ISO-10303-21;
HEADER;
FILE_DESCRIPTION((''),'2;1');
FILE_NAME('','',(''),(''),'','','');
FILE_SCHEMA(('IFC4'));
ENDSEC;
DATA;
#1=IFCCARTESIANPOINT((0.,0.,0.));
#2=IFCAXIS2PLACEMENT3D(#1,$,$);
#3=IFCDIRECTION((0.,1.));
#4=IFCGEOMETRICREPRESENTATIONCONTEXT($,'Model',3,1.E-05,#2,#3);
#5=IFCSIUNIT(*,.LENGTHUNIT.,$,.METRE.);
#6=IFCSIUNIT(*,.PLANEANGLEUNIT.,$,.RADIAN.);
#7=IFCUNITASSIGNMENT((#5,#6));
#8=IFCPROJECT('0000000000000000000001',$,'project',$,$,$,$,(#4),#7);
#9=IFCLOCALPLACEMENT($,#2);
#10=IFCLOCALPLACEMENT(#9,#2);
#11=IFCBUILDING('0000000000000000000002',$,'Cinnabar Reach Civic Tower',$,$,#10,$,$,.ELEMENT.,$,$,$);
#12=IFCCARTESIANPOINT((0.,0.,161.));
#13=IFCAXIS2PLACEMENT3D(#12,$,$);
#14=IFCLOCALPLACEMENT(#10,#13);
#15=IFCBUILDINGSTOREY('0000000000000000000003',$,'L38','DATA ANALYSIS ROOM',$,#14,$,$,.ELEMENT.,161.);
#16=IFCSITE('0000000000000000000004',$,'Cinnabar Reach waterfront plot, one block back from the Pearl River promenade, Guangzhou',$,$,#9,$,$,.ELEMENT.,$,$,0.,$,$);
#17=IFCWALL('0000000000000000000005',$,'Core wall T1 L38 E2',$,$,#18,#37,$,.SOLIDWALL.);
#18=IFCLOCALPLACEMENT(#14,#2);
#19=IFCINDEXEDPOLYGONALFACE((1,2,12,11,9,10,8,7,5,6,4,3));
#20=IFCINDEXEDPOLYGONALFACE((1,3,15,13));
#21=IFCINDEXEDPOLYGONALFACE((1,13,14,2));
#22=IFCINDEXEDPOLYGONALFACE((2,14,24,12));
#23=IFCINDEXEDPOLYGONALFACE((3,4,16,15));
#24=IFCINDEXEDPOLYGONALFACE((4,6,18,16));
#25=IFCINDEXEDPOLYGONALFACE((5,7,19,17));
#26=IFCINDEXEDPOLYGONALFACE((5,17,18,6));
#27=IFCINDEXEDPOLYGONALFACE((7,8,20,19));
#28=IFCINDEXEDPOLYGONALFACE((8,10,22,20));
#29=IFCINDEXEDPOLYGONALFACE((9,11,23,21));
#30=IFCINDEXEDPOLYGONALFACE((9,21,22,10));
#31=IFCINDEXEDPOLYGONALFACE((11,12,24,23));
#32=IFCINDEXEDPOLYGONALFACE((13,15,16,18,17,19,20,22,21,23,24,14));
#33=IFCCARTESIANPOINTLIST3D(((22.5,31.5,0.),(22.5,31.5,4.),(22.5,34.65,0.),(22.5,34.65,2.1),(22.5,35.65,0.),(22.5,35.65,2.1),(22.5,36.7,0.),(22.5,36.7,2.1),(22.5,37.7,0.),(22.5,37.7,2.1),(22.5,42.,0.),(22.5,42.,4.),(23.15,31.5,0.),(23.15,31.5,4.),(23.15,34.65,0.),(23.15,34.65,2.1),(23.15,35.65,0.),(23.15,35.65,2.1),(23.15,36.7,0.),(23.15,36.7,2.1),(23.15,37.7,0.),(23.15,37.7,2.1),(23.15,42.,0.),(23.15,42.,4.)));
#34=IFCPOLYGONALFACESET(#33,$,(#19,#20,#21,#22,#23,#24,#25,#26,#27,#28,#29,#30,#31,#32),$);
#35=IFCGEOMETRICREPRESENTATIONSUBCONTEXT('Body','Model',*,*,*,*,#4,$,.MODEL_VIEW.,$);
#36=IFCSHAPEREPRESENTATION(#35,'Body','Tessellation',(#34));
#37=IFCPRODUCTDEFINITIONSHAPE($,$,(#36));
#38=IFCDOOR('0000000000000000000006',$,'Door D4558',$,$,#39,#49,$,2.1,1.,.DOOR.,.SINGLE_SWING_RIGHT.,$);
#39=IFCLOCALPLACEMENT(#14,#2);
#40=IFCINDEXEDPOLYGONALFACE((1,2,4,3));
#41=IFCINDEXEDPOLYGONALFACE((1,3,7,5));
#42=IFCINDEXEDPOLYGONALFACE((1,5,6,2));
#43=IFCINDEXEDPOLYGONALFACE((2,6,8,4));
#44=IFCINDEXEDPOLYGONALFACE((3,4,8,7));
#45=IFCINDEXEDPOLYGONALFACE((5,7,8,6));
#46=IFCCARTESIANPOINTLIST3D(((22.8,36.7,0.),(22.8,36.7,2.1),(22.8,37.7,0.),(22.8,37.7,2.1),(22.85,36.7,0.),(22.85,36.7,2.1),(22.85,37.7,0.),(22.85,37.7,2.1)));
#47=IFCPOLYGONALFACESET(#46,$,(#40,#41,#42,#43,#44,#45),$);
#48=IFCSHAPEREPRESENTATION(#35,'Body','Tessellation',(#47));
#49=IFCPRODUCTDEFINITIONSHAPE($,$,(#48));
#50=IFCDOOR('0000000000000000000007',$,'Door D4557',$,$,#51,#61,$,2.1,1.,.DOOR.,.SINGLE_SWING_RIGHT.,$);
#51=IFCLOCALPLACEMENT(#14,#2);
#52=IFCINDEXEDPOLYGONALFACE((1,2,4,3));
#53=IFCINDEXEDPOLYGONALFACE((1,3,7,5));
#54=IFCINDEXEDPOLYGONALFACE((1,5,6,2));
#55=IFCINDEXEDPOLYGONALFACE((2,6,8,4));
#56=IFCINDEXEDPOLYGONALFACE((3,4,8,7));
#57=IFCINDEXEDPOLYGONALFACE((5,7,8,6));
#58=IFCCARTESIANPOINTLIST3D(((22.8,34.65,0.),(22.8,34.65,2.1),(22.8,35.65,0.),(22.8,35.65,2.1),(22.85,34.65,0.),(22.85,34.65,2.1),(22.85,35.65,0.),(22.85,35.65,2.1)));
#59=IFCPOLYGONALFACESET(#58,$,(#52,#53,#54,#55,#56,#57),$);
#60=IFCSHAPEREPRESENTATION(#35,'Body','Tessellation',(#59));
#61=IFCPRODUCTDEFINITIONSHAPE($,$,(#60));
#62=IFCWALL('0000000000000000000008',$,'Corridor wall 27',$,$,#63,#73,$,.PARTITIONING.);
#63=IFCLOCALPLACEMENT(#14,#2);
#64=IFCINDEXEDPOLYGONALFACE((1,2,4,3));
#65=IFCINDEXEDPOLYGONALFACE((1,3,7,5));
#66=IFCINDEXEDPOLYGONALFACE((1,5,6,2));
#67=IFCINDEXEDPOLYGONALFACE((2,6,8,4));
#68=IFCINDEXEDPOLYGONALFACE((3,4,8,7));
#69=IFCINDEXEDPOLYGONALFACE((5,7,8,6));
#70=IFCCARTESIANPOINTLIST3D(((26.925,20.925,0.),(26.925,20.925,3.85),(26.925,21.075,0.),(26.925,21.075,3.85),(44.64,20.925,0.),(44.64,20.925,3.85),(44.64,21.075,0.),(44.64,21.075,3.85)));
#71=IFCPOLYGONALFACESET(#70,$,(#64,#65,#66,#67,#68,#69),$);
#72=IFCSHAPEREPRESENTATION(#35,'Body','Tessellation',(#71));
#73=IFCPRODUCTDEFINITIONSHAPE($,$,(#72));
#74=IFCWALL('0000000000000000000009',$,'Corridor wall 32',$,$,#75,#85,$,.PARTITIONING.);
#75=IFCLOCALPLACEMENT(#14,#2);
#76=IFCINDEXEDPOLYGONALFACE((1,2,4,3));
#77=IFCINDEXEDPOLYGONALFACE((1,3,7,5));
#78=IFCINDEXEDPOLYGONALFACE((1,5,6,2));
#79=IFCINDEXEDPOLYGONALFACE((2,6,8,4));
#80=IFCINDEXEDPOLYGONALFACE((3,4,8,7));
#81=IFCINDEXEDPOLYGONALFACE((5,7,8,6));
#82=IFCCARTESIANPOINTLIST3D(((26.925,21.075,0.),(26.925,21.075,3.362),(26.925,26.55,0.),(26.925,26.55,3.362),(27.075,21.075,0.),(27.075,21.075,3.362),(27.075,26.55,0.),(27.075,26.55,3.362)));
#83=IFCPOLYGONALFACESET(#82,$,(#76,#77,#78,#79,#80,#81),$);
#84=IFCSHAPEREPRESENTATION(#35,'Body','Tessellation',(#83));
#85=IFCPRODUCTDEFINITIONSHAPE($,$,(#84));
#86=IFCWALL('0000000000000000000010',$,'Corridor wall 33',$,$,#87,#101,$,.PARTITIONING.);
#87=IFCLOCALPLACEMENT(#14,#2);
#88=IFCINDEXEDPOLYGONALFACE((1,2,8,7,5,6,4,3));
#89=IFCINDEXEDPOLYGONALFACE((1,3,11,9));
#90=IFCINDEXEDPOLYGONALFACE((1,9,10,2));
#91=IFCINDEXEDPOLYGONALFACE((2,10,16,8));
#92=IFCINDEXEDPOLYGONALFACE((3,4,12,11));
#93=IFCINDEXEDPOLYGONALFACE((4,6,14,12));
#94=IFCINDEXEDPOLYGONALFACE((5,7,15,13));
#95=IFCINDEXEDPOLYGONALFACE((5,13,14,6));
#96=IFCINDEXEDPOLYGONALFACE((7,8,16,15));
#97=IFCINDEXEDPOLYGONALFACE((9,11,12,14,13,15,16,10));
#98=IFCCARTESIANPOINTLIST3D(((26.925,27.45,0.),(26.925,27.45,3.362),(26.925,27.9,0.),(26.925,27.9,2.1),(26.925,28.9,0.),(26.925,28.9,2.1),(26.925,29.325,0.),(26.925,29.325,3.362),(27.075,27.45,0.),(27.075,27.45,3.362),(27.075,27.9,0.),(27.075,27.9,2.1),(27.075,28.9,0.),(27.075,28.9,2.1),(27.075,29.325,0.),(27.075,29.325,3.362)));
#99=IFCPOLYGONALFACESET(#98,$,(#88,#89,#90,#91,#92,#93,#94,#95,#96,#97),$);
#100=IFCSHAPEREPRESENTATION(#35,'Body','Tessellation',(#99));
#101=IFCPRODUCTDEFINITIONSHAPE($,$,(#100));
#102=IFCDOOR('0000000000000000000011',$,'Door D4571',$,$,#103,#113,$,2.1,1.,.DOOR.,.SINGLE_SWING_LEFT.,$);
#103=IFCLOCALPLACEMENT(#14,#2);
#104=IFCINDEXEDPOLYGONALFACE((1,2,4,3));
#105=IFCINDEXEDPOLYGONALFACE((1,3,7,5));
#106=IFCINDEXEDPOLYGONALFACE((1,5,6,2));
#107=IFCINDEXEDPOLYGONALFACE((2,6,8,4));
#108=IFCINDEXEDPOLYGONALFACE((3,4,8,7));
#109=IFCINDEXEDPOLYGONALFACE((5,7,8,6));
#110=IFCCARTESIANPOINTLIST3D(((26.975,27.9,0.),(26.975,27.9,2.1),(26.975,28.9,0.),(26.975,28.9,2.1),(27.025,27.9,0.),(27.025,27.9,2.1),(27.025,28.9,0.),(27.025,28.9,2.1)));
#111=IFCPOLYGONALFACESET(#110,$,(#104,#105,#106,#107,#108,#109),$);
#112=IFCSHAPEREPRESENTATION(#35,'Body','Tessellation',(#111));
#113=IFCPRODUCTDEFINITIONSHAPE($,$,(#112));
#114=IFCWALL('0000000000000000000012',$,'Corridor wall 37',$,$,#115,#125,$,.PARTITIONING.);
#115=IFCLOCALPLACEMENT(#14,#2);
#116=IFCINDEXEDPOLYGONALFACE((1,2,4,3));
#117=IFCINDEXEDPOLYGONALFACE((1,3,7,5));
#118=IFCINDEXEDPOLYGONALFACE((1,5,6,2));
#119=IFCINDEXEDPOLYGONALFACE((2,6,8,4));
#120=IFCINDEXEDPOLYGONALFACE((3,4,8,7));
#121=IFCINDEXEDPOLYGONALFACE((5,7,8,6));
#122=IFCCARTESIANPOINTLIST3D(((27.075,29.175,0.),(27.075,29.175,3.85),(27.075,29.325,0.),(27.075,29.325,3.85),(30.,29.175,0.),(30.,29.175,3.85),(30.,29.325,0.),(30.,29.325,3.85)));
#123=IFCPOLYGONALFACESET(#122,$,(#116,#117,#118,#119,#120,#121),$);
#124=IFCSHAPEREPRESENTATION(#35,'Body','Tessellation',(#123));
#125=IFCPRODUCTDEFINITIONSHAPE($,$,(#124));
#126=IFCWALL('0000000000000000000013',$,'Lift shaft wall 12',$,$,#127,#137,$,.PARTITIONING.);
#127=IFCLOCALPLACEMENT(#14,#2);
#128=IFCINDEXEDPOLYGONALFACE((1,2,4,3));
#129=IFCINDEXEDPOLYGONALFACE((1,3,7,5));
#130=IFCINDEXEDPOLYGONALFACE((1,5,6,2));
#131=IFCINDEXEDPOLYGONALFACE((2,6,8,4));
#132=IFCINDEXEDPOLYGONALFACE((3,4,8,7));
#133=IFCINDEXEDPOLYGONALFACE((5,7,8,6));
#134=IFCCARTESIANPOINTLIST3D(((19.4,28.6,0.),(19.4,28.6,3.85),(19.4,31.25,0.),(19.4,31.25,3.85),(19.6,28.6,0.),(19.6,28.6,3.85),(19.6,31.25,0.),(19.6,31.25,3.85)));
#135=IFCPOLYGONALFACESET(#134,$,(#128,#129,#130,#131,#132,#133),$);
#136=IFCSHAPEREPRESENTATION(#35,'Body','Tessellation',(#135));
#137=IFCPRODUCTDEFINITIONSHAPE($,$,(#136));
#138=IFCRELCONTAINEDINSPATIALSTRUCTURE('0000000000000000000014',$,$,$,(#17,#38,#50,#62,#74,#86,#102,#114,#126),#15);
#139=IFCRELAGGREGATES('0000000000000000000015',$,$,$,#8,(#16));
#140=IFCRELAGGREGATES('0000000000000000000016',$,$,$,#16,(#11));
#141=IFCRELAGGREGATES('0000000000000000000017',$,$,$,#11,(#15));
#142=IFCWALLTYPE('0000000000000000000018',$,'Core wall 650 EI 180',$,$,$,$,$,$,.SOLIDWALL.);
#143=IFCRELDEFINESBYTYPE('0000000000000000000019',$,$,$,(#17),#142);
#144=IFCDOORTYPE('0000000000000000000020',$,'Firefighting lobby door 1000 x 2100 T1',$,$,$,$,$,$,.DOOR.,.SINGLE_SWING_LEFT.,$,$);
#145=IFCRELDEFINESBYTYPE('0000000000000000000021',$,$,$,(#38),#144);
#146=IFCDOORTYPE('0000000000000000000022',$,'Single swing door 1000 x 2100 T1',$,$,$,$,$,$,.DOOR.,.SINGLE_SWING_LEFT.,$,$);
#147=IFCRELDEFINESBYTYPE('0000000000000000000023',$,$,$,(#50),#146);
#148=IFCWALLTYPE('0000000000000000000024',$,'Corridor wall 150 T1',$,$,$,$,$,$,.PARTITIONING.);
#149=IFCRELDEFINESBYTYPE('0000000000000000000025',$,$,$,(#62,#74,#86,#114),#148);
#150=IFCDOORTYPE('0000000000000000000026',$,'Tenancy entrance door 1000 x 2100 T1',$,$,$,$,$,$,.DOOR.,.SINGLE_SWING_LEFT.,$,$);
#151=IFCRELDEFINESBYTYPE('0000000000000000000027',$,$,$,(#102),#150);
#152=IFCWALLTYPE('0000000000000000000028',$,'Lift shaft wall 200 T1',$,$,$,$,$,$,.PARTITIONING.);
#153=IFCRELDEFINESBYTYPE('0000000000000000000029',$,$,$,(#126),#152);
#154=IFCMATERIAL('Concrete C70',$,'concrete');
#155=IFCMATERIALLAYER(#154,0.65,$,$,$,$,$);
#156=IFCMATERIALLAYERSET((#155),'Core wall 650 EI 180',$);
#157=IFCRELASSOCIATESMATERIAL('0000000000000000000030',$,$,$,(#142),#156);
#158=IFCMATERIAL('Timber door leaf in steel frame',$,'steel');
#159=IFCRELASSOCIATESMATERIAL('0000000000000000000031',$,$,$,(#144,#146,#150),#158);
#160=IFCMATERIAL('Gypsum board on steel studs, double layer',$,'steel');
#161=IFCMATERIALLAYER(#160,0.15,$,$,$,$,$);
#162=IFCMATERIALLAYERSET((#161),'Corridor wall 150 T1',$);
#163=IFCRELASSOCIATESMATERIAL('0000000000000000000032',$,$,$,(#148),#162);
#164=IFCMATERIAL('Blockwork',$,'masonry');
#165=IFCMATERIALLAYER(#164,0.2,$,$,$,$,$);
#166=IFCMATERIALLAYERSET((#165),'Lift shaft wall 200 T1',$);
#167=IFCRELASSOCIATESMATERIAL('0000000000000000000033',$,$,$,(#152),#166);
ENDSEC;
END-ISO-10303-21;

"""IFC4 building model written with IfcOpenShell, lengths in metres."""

from ifc_helpers import new_model, si_unit, direction, frame, frame_2d, origin, place, context, subcontext, project, spatial, rectangle, extrude, material, layer, layer_set, type_object, element, fill, save


model = new_model("IFC4")

# Units and contexts
model_context = context("Model", 3, precision=1e-05, world=origin(), true_north=direction((0.0, 1.0)))
body_context = subcontext(model_context, "Body", "Model", "MODEL_VIEW")
ifc_project = project(units=[si_unit("LENGTHUNIT", "METRE"), si_unit("PLANEANGLEUNIT", "RADIAN")], contexts=[model_context])

# Site, building, storey
site_placement = place(None, origin())
site = spatial("IfcSite", under=ifc_project, at=site_placement, Name="Cinnabar Reach waterfront plot, one block back from the Pearl River promenade, Guangzhou", CompositionType="ELEMENT", RefElevation=0.0)
building_placement = place(site_placement, origin())
building = spatial("IfcBuilding", under=site, at=building_placement, Name="Cinnabar Reach Civic Tower", CompositionType="ELEMENT")
storey_placement = place(building_placement, frame((0.0, 0.0, 161.0)))
storey = spatial("IfcBuildingStorey", under=building, at=storey_placement, Name="L38", Description="DATA ANALYSIS ROOM", CompositionType="ELEMENT", Elevation=161.0)

# Shared definitions
ifc_material_1 = material(Name="Concrete C70", Category="concrete")

# Wall, openings, doors
ifc_layer_1 = layer(ifc_material_1, 0.65)
ifc_layer_set_1 = layer_set([ifc_layer_1], Name="Core wall 650 EI 180")
wall_type_1 = type_object("IfcWallType", Name="Core wall 650 EI 180", PredefinedType="SOLIDWALL", material=ifc_layer_set_1)
wall_1_placement = place(storey_placement, frame((22.825, 31.5, 0.0), z_axis=(0.0, 0.0, 1.0), x_axis=(0.0, 1.0, 0.0)))
wall_1 = element("IfcWall", 1, at=wall_1_placement, inside=storey, type_object=wall_type_1, Name="Core wall T1 L38 E2", PredefinedType="SOLIDWALL", context=body_context, shape_type="SweptSolid", body=[
    extrude(rectangle(XDim=10.5, YDim=0.65, at=frame_2d((5.25, 0.0))), origin(), (0.0, 0.0, 1.0), 4.0),
])
opening_1_placement = place(wall_1_placement, frame((3.15, 0.0, 0.0)))
opening_1 = element("IfcOpeningElement", 2, at=opening_1_placement, cuts=wall_1, PredefinedType="OPENING", context=body_context, shape_type="SweptSolid", body=[
    extrude(rectangle(XDim=1.0, YDim=2.1, at=frame_2d((0.5, 1.05))), frame((0.0, 0.335, 0.0), z_axis=(0.0, -1.0, 0.0), x_axis=(1.0, 0.0, 0.0)), (0.0, 0.0, 1.0), 0.67),
])
opening_2_placement = place(wall_1_placement, frame((5.2, 0.0, 0.0)))
opening_2 = element("IfcOpeningElement", 3, at=opening_2_placement, cuts=wall_1, PredefinedType="OPENING", context=body_context, shape_type="SweptSolid", body=[
    extrude(rectangle(XDim=1.0, YDim=2.1, at=frame_2d((0.5, 1.05))), frame((0.0, 0.335, 0.0), z_axis=(0.0, -1.0, 0.0), x_axis=(1.0, 0.0, 0.0)), (0.0, 0.0, 1.0), 0.67),
])
ifc_material_2 = material(Name="Timber door leaf in steel frame", Category="steel")
door_type_1 = type_object("IfcDoorType", Name="Firefighting lobby door 1000 x 2100 T1", OperationType="SINGLE_SWING_LEFT", PredefinedType="DOOR", material=ifc_material_2)
door_1_placement = place(opening_2_placement, origin())
door_1 = element("IfcDoor", 4, at=door_1_placement, inside=storey, type_object=door_type_1, Name="Door D4558", OperationType="SINGLE_SWING_RIGHT", OverallHeight=2.1, OverallWidth=1.0, PredefinedType="DOOR", context=body_context, shape_type="SweptSolid", body=[
    extrude(rectangle(XDim=1.0, YDim=2.1, at=frame_2d((0.5, 1.05))), frame((0.0, 0.025, 0.0), z_axis=(0.0, -1.0, 0.0), x_axis=(1.0, 0.0, 0.0)), (0.0, 0.0, 1.0), 0.05),
])
fill(opening_2, door_1)
door_type_2 = type_object("IfcDoorType", Name="Single swing door 1000 x 2100 T1", OperationType="SINGLE_SWING_LEFT", PredefinedType="DOOR", material=ifc_material_2)
door_2_placement = place(opening_1_placement, origin())
door_2 = element("IfcDoor", 5, at=door_2_placement, inside=storey, type_object=door_type_2, Name="Door D4557", OperationType="SINGLE_SWING_RIGHT", OverallHeight=2.1, OverallWidth=1.0, PredefinedType="DOOR", context=body_context, shape_type="SweptSolid", body=[
    extrude(rectangle(XDim=1.0, YDim=2.1, at=frame_2d((0.5, 1.05))), frame((0.0, 0.025, 0.0), z_axis=(0.0, -1.0, 0.0), x_axis=(1.0, 0.0, 0.0)), (0.0, 0.0, 1.0), 0.05),
])
fill(opening_1, door_2)

# Walls
ifc_material_3 = material(Name="Gypsum board on steel studs, double layer", Category="steel")
ifc_layer_2 = layer(ifc_material_3, 0.15)
ifc_layer_set_2 = layer_set([ifc_layer_2], Name="Corridor wall 150 T1")
wall_type_2 = type_object("IfcWallType", Name="Corridor wall 150 T1", PredefinedType="PARTITIONING", material=ifc_layer_set_2)
wall_2_placement = place(storey_placement, frame((26.925, 21.0, 0.0), z_axis=(0.0, 0.0, 1.0), x_axis=(1.0, 0.0, 0.0)))
element("IfcWall", 6, at=wall_2_placement, inside=storey, type_object=wall_type_2, Name="Corridor wall 27", PredefinedType="PARTITIONING", context=body_context, shape_type="SweptSolid", body=[
    extrude(rectangle(XDim=17.715, YDim=0.15, at=frame_2d((8.8575, 0.0))), origin(), (0.0, 0.0, 1.0), 3.85),
])
wall_3_placement = place(storey_placement, frame((27.0, 21.075, 0.0), z_axis=(0.0, 0.0, 1.0), x_axis=(0.0, 1.0, 0.0)))
element("IfcWall", 7, at=wall_3_placement, inside=storey, type_object=wall_type_2, Name="Corridor wall 32", PredefinedType="PARTITIONING", context=body_context, shape_type="SweptSolid", body=[
    extrude(rectangle(XDim=5.475, YDim=0.15, at=frame_2d((2.7375, 0.0))), origin(), (0.0, 0.0, 1.0), 3.362),
])

# Wall, opening, door
wall_4_placement = place(storey_placement, frame((27.0, 27.45, 0.0), z_axis=(0.0, 0.0, 1.0), x_axis=(0.0, 1.0, 0.0)))
wall_4 = element("IfcWall", 8, at=wall_4_placement, inside=storey, type_object=wall_type_2, Name="Corridor wall 33", PredefinedType="PARTITIONING", context=body_context, shape_type="SweptSolid", body=[
    extrude(rectangle(XDim=1.875, YDim=0.15, at=frame_2d((0.9375, 0.0))), origin(), (0.0, 0.0, 1.0), 3.362),
])
opening_3_placement = place(wall_4_placement, frame((0.45, 0.0, 0.0)))
opening_3 = element("IfcOpeningElement", 9, at=opening_3_placement, cuts=wall_4, PredefinedType="OPENING", context=body_context, shape_type="SweptSolid", body=[
    extrude(rectangle(XDim=1.0, YDim=2.1, at=frame_2d((0.5, 1.05))), frame((0.0, 0.085, 0.0), z_axis=(0.0, -1.0, 0.0), x_axis=(1.0, 0.0, 0.0)), (0.0, 0.0, 1.0), 0.17),
])
door_type_3 = type_object("IfcDoorType", Name="Tenancy entrance door 1000 x 2100 T1", OperationType="SINGLE_SWING_LEFT", PredefinedType="DOOR", material=ifc_material_2)
door_3_placement = place(opening_3_placement, frame((1.0, 0.0, 0.0), z_axis=(0.0, 0.0, 1.0), x_axis=(-1.0, 0.0, 0.0)))
door_3 = element("IfcDoor", 10, at=door_3_placement, inside=storey, type_object=door_type_3, Name="Door D4571", OperationType="SINGLE_SWING_LEFT", OverallHeight=2.1, OverallWidth=1.0, PredefinedType="DOOR", context=body_context, shape_type="SweptSolid", body=[
    extrude(rectangle(XDim=1.0, YDim=2.1, at=frame_2d((0.5, 1.05))), frame((0.0, 0.025, 0.0), z_axis=(0.0, -1.0, 0.0), x_axis=(1.0, 0.0, 0.0)), (0.0, 0.0, 1.0), 0.05),
])
fill(opening_3, door_3)

# Walls
wall_5_placement = place(storey_placement, frame((27.075, 29.25, 0.0), z_axis=(0.0, 0.0, 1.0), x_axis=(1.0, 0.0, 0.0)))
element("IfcWall", 11, at=wall_5_placement, inside=storey, type_object=wall_type_2, Name="Corridor wall 37", PredefinedType="PARTITIONING", context=body_context, shape_type="SweptSolid", body=[
    extrude(rectangle(XDim=2.925, YDim=0.15, at=frame_2d((1.4625, 0.0))), origin(), (0.0, 0.0, 1.0), 3.85),
])
ifc_material_4 = material(Name="Blockwork", Category="masonry")
ifc_layer_3 = layer(ifc_material_4, 0.2)
ifc_layer_set_3 = layer_set([ifc_layer_3], Name="Lift shaft wall 200 T1")
wall_type_3 = type_object("IfcWallType", Name="Lift shaft wall 200 T1", PredefinedType="PARTITIONING", material=ifc_layer_set_3)
wall_6_placement = place(storey_placement, frame((19.5, 28.6, 0.0), z_axis=(0.0, 0.0, 1.0), x_axis=(0.0, 1.0, 0.0)))
element("IfcWall", 12, at=wall_6_placement, inside=storey, type_object=wall_type_3, Name="Lift shaft wall 12", PredefinedType="PARTITIONING", context=body_context, shape_type="SweptSolid", body=[
    extrude(rectangle(XDim=2.65, YDim=0.2, at=frame_2d((1.325, 0.0))), origin(), (0.0, 0.0, 1.0), 3.85),
])

save(model, "model.ifc")
